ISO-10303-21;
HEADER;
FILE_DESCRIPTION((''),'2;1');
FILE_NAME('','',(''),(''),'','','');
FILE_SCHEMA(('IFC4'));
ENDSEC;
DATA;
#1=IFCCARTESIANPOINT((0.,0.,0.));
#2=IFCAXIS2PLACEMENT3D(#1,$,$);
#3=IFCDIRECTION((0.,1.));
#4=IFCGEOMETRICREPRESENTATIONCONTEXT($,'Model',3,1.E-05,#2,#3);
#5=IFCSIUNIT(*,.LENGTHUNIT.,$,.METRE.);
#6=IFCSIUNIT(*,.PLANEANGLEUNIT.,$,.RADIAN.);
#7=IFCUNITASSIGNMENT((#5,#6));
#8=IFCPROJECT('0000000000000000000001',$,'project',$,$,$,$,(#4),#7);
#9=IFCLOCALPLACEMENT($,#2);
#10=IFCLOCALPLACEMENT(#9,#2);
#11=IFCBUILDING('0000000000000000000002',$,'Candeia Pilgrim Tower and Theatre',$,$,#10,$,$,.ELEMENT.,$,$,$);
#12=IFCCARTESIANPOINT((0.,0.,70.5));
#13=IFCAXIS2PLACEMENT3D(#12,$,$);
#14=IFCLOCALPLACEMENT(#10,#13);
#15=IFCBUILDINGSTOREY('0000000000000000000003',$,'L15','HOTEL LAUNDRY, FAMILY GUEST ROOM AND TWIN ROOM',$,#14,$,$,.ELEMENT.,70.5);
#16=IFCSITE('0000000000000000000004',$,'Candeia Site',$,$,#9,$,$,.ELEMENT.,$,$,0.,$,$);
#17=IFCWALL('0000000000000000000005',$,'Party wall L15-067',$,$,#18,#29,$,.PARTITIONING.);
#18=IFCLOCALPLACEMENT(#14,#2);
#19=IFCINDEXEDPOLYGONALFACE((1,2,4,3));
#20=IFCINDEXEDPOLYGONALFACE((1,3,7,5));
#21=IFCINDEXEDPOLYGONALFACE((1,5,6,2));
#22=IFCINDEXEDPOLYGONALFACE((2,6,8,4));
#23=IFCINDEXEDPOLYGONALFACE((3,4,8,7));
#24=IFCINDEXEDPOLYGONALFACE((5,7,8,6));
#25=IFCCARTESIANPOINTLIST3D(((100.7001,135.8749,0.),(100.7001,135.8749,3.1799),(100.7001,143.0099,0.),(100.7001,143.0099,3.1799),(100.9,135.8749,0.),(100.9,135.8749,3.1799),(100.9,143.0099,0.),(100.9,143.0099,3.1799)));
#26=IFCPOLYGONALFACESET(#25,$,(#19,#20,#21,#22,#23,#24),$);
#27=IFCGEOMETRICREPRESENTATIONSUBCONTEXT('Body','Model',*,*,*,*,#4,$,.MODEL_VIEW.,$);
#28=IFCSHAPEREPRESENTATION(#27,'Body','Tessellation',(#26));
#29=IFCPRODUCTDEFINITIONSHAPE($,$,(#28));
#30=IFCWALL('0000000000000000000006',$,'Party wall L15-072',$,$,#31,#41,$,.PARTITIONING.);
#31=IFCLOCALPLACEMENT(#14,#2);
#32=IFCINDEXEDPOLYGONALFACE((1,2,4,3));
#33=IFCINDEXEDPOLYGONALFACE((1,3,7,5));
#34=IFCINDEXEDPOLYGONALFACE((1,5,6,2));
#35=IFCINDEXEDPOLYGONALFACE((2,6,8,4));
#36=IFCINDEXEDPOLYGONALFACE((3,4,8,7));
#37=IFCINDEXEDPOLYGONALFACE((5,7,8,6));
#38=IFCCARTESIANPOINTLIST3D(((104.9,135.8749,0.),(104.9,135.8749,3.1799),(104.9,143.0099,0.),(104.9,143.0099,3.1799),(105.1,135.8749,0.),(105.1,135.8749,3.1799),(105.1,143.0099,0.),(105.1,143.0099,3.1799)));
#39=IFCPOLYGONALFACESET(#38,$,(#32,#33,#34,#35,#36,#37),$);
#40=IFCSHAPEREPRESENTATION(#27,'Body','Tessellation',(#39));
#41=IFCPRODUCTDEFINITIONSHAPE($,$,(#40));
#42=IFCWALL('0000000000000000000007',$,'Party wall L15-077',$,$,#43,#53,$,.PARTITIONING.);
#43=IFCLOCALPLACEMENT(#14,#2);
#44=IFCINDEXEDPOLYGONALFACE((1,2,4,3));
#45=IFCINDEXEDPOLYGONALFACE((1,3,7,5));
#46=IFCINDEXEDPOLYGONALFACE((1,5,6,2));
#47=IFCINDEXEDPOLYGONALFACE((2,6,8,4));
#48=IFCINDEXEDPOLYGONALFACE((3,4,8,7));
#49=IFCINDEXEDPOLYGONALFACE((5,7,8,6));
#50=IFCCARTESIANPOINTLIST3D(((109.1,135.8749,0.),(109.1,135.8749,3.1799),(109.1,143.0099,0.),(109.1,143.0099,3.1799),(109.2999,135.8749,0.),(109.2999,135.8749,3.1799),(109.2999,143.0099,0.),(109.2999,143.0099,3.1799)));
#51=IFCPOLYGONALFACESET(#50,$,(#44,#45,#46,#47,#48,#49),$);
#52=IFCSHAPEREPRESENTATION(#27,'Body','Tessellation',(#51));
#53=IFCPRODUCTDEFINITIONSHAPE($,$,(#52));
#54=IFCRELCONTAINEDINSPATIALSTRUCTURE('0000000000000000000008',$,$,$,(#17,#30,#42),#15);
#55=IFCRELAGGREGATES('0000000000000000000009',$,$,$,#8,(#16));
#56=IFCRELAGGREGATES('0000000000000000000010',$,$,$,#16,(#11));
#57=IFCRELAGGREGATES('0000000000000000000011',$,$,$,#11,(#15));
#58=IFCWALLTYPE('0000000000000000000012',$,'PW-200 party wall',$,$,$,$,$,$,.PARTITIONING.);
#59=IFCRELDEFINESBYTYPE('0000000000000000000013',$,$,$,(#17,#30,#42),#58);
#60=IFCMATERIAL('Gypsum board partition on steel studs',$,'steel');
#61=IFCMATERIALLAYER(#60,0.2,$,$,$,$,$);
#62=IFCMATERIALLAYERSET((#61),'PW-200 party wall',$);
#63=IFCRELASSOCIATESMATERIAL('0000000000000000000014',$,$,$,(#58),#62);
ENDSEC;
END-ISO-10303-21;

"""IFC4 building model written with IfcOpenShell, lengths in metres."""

from ifc_helpers import new_model, si_unit, direction, frame, frame_2d, origin, place, context, subcontext, project, spatial, rectangle, extrude, material, layer, layer_set, type_object, element, save


model = new_model("IFC4")

# Units and contexts
model_context = context("Model", 3, precision=1e-05, world=origin(), true_north=direction((0.0, 1.0)))
body_context = subcontext(model_context, "Body", "Model", "MODEL_VIEW")
ifc_project = project(units=[si_unit("LENGTHUNIT", "METRE"), si_unit("PLANEANGLEUNIT", "RADIAN")], contexts=[model_context])

# Site, building, storey
site_placement = place(None, origin())
site = spatial("IfcSite", under=ifc_project, at=site_placement, Name="Candeia Site", CompositionType="ELEMENT", RefElevation=0.0)
building_placement = place(site_placement, origin())
building = spatial("IfcBuilding", under=site, at=building_placement, Name="Candeia Pilgrim Tower and Theatre", CompositionType="ELEMENT")
storey_placement = place(building_placement, frame((0.0, 0.0, 70.5)))
storey = spatial("IfcBuildingStorey", under=building, at=storey_placement, Name="L15", Description="HOTEL LAUNDRY, FAMILY GUEST ROOM AND TWIN ROOM", CompositionType="ELEMENT", Elevation=70.5)

# Shared definitions
ifc_material_1 = material(Name="Gypsum board partition on steel studs", Category="steel")

# Walls
ifc_layer_1 = layer(ifc_material_1, 0.2)
ifc_layer_set_1 = layer_set([ifc_layer_1], Name="PW-200 party wall")
wall_type_1 = type_object("IfcWallType", Name="PW-200 party wall", PredefinedType="PARTITIONING", material=ifc_layer_set_1)
for number, where, z_axis, x_axis, name in (
    (1, (100.8, 135.875, 0.0), (0.0, 0.0, 1.0), (0.0, 1.0, 0.0), "Party wall L15-067"),
    (2, (105.0, 135.875, 0.0), (0.0, 0.0, 1.0), (0.0, 1.0, 0.0), "Party wall L15-072"),
    (3, (109.2, 135.875, 0.0), (0.0, 0.0, 1.0), (0.0, 1.0, 0.0), "Party wall L15-077"),
):
    element("IfcWall", number, at=place(storey_placement, frame(where, z_axis=z_axis, x_axis=x_axis)), inside=storey, type_object=wall_type_1, Name=name, PredefinedType="PARTITIONING", context=body_context, shape_type="SweptSolid", body=[
        extrude(rectangle(XDim=7.135, YDim=0.2, at=frame_2d((3.5674, 0.0))), origin(), (0.0, 0.0, 1.0), 3.1799),
    ])

save(model, "model.ifc")
